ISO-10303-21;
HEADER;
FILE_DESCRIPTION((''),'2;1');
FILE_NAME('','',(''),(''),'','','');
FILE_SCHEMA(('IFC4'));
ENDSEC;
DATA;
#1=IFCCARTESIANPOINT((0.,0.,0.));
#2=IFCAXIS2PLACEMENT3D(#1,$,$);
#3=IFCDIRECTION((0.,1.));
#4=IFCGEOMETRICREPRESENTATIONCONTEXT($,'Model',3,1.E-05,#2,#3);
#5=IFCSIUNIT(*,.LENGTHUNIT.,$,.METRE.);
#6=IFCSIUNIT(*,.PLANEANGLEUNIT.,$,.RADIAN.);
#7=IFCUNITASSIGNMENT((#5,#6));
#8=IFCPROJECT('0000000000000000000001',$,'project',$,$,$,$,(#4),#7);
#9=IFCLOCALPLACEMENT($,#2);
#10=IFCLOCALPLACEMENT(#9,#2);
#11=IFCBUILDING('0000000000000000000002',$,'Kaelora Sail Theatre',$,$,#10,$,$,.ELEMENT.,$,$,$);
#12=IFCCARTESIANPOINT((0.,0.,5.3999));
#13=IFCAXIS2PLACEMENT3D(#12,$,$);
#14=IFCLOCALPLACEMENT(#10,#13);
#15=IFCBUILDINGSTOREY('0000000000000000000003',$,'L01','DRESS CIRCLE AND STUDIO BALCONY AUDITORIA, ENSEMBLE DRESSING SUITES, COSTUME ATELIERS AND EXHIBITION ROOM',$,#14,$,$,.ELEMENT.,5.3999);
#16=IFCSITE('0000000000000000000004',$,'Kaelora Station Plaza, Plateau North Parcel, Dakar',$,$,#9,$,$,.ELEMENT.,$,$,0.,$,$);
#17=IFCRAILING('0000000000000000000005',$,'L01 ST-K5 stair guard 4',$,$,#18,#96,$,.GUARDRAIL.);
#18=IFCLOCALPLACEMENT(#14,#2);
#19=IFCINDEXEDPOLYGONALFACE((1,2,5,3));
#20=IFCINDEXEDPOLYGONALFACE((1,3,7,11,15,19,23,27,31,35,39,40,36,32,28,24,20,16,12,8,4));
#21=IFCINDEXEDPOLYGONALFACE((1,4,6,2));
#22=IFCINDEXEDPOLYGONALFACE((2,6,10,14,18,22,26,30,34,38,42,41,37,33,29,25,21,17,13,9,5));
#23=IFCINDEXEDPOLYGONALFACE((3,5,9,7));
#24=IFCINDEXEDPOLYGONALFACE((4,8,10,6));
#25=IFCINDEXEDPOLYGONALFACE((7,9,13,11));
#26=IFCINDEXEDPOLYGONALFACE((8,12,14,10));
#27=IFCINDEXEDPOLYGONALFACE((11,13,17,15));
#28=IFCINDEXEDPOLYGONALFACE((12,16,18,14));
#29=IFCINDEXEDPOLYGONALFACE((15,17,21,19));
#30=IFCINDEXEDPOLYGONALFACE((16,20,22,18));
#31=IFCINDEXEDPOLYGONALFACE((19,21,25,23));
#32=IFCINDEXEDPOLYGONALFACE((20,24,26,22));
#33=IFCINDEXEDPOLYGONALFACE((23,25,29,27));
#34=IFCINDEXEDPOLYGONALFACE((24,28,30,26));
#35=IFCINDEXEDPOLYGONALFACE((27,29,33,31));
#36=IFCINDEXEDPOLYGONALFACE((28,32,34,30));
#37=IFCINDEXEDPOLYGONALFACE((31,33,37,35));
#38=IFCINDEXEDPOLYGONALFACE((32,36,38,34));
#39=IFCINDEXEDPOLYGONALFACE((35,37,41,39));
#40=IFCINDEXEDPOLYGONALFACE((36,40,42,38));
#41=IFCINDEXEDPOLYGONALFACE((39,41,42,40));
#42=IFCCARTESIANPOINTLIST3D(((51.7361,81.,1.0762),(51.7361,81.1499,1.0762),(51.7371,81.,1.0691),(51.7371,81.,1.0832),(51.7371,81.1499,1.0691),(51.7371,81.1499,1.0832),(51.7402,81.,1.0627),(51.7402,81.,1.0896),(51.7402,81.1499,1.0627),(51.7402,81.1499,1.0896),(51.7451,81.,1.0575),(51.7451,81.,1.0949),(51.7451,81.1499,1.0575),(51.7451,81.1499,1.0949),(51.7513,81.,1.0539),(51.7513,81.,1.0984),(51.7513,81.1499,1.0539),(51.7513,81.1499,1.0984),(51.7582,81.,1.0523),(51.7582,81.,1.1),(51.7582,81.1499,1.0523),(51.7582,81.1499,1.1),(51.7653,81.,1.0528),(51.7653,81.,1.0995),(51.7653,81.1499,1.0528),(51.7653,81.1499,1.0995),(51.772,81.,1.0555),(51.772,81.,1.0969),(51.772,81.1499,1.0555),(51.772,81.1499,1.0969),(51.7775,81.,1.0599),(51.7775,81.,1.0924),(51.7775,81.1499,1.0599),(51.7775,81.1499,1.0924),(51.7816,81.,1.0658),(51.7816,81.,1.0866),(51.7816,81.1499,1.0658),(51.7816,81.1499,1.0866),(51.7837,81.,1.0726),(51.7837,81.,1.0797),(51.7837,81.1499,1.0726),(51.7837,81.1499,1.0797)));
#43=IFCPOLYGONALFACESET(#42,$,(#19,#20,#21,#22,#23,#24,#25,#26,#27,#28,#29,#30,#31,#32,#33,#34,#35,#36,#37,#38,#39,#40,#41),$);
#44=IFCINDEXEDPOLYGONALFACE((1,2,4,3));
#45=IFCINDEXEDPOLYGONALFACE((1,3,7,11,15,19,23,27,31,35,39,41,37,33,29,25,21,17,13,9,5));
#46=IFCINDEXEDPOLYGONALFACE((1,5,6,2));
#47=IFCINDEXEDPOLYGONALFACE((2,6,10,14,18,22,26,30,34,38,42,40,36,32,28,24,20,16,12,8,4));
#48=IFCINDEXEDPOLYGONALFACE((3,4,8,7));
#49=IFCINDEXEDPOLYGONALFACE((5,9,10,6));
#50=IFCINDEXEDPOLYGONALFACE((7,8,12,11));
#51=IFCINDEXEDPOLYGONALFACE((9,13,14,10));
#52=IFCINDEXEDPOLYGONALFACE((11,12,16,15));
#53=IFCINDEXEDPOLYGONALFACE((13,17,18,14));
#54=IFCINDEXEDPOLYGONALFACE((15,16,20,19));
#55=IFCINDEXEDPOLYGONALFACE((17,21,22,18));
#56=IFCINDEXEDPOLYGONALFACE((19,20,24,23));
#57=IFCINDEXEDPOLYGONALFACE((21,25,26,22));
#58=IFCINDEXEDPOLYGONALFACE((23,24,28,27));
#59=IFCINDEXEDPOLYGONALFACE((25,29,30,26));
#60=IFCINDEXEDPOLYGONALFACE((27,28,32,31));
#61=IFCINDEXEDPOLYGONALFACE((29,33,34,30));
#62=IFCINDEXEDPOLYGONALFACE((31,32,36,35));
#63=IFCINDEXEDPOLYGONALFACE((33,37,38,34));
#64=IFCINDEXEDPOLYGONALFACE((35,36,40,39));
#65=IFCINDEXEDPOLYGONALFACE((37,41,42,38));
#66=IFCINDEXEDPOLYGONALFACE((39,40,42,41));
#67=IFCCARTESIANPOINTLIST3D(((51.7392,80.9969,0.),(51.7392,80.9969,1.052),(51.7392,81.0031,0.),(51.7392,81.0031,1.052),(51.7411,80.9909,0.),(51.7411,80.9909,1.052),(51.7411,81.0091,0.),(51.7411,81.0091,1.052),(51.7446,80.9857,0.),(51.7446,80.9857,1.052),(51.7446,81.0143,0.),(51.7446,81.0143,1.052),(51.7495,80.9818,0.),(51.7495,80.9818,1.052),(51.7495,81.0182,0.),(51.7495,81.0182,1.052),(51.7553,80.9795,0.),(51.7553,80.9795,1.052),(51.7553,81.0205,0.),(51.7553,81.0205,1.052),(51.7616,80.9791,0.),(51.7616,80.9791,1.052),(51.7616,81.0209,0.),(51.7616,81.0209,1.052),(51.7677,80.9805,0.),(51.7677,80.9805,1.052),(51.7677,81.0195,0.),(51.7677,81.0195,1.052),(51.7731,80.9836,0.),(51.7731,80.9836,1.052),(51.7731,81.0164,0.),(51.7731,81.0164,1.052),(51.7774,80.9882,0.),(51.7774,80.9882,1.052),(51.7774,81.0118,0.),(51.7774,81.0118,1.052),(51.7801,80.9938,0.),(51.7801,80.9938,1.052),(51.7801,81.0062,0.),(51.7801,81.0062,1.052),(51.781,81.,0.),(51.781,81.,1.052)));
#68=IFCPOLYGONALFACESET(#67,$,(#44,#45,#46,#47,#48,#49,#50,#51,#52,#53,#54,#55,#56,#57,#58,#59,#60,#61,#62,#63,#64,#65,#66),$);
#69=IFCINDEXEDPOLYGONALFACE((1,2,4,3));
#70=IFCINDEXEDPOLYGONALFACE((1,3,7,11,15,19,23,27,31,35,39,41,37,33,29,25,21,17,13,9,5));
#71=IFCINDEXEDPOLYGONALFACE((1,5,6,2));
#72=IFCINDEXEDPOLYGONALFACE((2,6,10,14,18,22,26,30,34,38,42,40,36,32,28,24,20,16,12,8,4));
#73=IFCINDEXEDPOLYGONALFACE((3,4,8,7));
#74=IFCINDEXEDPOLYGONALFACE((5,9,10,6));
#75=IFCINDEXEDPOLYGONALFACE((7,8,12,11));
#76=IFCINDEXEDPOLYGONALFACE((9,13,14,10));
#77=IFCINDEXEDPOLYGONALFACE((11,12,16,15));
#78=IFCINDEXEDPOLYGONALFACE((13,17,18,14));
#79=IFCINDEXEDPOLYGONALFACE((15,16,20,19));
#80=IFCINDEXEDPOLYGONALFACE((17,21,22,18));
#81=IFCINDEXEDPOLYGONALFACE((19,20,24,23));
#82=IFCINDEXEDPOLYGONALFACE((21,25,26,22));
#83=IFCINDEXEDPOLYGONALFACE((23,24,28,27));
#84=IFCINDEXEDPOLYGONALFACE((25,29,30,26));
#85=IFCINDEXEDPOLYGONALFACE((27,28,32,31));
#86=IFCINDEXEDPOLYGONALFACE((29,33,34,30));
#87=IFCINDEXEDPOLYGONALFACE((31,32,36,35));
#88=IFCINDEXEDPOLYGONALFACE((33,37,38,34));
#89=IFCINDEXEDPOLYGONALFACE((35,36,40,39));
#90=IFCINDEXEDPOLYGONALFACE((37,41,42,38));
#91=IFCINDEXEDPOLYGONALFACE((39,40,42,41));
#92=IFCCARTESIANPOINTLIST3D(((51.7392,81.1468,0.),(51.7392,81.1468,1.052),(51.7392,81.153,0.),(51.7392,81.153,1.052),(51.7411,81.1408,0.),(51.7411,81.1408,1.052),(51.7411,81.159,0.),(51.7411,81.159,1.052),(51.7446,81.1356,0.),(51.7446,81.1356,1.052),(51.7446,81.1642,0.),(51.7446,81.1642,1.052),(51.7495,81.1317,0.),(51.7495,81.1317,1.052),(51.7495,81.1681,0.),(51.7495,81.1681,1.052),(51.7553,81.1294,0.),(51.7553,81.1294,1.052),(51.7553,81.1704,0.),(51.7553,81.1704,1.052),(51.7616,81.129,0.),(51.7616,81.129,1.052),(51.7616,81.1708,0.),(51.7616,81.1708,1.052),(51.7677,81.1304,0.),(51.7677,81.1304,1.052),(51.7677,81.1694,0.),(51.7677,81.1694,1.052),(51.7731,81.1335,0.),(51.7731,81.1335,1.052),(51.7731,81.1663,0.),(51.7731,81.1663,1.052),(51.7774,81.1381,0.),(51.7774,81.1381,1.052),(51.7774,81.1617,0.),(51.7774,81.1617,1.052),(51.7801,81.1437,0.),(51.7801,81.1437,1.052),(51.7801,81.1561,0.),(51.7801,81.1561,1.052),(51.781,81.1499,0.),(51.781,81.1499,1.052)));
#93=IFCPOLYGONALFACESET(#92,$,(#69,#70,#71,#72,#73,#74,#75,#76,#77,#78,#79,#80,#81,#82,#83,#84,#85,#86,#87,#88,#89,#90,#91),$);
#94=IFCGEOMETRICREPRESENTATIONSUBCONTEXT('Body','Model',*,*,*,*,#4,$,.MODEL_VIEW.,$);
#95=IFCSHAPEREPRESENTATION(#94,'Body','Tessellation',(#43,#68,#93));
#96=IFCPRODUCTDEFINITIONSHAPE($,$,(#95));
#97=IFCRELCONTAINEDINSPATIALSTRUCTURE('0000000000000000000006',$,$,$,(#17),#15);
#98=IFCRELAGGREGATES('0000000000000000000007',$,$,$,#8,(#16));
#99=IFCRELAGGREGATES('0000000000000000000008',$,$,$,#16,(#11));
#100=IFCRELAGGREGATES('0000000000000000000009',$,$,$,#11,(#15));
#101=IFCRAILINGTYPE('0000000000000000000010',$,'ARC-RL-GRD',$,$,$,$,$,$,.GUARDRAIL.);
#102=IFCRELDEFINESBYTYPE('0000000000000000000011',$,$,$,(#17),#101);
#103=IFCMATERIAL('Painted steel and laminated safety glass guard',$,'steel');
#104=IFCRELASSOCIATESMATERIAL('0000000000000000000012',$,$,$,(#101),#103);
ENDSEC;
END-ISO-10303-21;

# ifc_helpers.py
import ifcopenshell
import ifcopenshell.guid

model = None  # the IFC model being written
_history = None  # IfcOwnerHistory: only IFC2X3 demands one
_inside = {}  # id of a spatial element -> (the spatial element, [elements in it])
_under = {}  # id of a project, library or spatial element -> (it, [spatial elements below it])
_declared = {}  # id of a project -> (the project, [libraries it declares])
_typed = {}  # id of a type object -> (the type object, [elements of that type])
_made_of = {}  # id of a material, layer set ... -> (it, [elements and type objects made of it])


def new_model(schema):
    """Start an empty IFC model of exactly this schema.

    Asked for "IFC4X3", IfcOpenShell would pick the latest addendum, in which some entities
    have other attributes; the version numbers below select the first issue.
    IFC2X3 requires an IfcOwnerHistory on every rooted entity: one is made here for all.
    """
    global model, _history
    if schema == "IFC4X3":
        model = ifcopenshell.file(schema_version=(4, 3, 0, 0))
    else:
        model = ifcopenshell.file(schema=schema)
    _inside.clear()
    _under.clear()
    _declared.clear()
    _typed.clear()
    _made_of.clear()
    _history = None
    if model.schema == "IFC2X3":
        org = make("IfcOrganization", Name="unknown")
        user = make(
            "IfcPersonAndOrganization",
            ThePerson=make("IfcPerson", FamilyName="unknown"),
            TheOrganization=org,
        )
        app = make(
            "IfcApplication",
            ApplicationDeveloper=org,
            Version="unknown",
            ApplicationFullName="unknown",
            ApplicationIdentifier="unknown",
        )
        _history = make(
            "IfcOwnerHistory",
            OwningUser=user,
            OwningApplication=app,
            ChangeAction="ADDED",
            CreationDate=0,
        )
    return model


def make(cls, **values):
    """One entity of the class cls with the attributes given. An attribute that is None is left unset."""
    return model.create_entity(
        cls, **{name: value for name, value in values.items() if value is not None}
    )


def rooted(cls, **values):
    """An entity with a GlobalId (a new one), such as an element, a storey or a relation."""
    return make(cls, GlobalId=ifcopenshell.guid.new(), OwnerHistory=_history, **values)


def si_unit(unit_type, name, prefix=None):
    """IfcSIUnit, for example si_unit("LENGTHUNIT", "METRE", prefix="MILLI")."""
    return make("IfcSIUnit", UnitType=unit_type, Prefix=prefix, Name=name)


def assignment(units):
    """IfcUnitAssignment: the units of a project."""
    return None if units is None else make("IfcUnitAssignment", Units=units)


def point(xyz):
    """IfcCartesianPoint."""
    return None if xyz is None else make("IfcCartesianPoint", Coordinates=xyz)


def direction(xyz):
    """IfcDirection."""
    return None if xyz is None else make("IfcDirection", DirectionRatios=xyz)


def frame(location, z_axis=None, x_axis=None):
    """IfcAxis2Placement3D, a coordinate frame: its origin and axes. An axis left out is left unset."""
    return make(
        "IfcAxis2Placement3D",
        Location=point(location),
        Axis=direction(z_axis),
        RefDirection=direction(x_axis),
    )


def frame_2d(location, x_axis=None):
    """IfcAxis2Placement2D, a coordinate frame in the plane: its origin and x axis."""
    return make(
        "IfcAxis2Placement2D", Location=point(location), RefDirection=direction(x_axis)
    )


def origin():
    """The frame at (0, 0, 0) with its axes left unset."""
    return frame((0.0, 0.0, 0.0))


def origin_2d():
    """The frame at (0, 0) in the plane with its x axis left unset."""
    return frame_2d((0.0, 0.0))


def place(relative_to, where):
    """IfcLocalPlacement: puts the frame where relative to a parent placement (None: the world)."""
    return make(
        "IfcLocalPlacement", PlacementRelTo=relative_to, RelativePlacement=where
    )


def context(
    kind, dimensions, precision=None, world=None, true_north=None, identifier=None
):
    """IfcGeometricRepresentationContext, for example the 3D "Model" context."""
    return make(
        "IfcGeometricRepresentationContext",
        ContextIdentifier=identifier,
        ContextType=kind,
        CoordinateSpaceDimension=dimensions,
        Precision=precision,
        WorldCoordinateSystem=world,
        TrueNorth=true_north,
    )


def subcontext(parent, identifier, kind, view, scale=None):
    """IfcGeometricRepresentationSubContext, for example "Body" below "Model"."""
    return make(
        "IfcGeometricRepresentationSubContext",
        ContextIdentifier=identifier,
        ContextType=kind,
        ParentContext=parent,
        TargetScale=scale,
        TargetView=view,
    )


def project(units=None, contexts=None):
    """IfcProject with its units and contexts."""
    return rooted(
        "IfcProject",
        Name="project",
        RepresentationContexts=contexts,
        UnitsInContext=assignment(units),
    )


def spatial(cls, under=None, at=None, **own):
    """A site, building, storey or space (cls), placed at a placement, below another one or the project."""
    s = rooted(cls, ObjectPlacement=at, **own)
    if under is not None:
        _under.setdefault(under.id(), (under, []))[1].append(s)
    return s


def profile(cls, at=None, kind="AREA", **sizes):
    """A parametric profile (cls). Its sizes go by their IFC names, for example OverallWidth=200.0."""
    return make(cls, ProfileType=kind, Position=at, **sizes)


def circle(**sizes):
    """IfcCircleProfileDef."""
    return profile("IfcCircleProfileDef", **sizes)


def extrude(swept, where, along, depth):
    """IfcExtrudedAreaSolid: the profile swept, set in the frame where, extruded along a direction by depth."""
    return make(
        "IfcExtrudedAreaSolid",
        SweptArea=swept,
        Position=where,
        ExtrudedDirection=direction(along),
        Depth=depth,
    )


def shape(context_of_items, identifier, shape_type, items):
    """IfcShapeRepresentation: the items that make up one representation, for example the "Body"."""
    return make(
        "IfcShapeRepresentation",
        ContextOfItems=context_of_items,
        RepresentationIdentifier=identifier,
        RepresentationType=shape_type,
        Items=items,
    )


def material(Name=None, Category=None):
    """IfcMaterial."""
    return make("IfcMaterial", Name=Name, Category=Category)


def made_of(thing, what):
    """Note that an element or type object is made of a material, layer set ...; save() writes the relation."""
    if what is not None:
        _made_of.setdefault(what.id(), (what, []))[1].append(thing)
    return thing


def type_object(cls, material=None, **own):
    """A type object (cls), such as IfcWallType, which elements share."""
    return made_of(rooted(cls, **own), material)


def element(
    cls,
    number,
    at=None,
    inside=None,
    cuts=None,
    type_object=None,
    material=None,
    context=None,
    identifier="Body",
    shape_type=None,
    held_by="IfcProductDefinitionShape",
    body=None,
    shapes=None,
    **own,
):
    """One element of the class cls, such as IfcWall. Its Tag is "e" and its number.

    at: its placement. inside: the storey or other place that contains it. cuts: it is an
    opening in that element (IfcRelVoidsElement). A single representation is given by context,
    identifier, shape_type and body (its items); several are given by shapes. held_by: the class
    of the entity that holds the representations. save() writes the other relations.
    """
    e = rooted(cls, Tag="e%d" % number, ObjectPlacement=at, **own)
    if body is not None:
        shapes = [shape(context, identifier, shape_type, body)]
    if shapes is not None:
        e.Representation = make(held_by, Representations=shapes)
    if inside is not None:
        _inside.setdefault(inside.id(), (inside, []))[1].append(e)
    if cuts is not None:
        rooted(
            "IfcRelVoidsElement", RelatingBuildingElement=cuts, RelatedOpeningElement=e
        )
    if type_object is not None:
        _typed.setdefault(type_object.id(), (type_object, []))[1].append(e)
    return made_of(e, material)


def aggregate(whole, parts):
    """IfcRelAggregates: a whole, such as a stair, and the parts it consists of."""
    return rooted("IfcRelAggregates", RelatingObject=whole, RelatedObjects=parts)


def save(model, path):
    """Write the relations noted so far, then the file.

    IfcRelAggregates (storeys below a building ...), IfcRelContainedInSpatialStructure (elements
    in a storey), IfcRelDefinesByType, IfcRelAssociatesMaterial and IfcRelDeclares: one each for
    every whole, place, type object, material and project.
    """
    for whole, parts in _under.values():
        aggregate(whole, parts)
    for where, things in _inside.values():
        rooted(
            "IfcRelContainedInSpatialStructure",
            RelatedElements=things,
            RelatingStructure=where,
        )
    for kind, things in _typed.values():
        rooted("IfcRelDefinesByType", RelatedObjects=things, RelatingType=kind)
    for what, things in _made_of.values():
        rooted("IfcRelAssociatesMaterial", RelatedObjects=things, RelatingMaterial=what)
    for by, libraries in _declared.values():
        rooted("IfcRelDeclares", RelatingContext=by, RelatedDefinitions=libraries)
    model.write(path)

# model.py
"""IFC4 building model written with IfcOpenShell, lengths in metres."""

from ifc_helpers import new_model, si_unit, direction, frame, origin, origin_2d, place, context, subcontext, project, spatial, circle, extrude, material, type_object, element, save


model = new_model("IFC4")

# Units and contexts
model_context = context("Model", 3, precision=1e-05, world=origin(), true_north=direction((0.0, 1.0)))
body_context = subcontext(model_context, "Body", "Model", "MODEL_VIEW")
ifc_project = project(units=[si_unit("LENGTHUNIT", "METRE"), si_unit("PLANEANGLEUNIT", "RADIAN")], contexts=[model_context])

# Site, building, storey
site_placement = place(None, origin())
site = spatial("IfcSite", under=ifc_project, at=site_placement, Name="Kaelora Station Plaza, Plateau North Parcel, Dakar", CompositionType="ELEMENT", RefElevation=0.0)
building_placement = place(site_placement, origin())
building = spatial("IfcBuilding", under=site, at=building_placement, Name="Kaelora Sail Theatre", CompositionType="ELEMENT")
storey_placement = place(building_placement, frame((0.0, 0.0, 5.3999)))
storey = spatial("IfcBuildingStorey", under=building, at=storey_placement, Name="L01", Description="DRESS CIRCLE AND STUDIO BALCONY AUDITORIA, ENSEMBLE DRESSING SUITES, COSTUME ATELIERS AND EXHIBITION ROOM", CompositionType="ELEMENT", Elevation=5.3999)

# Railing
ifc_material_1 = material(Name="Painted steel and laminated safety glass guard", Category="steel")
railing_type_1 = type_object("IfcRailingType", Name="ARC-RL-GRD", PredefinedType="GUARDRAIL", material=ifc_material_1)
railing_1_placement = place(storey_placement, frame((51.76, 81.0, 0.0)))
element("IfcRailing", 1, at=railing_1_placement, inside=storey, type_object=railing_type_1, Name="L01 ST-K5 stair guard 4", PredefinedType="GUARDRAIL", context=body_context, shape_type="SweptSolid", body=[
    extrude(circle(Radius=0.0239, at=origin_2d()), frame((0.0, 0.0, 1.0762), z_axis=(0.0, 1.0, 0.0), x_axis=(-1.0, 0.0, 0.0)), (0.0, 0.0, 1.0), 0.1499),
    extrude(circle(Radius=0.021, at=origin_2d()), origin(), (0.0, 0.0, 1.0), 1.052),
    extrude(circle(Radius=0.021, at=origin_2d()), frame((0.0, 0.1499, 0.0)), (0.0, 0.0, 1.0), 1.052),
])

save(model, "model.ifc")
